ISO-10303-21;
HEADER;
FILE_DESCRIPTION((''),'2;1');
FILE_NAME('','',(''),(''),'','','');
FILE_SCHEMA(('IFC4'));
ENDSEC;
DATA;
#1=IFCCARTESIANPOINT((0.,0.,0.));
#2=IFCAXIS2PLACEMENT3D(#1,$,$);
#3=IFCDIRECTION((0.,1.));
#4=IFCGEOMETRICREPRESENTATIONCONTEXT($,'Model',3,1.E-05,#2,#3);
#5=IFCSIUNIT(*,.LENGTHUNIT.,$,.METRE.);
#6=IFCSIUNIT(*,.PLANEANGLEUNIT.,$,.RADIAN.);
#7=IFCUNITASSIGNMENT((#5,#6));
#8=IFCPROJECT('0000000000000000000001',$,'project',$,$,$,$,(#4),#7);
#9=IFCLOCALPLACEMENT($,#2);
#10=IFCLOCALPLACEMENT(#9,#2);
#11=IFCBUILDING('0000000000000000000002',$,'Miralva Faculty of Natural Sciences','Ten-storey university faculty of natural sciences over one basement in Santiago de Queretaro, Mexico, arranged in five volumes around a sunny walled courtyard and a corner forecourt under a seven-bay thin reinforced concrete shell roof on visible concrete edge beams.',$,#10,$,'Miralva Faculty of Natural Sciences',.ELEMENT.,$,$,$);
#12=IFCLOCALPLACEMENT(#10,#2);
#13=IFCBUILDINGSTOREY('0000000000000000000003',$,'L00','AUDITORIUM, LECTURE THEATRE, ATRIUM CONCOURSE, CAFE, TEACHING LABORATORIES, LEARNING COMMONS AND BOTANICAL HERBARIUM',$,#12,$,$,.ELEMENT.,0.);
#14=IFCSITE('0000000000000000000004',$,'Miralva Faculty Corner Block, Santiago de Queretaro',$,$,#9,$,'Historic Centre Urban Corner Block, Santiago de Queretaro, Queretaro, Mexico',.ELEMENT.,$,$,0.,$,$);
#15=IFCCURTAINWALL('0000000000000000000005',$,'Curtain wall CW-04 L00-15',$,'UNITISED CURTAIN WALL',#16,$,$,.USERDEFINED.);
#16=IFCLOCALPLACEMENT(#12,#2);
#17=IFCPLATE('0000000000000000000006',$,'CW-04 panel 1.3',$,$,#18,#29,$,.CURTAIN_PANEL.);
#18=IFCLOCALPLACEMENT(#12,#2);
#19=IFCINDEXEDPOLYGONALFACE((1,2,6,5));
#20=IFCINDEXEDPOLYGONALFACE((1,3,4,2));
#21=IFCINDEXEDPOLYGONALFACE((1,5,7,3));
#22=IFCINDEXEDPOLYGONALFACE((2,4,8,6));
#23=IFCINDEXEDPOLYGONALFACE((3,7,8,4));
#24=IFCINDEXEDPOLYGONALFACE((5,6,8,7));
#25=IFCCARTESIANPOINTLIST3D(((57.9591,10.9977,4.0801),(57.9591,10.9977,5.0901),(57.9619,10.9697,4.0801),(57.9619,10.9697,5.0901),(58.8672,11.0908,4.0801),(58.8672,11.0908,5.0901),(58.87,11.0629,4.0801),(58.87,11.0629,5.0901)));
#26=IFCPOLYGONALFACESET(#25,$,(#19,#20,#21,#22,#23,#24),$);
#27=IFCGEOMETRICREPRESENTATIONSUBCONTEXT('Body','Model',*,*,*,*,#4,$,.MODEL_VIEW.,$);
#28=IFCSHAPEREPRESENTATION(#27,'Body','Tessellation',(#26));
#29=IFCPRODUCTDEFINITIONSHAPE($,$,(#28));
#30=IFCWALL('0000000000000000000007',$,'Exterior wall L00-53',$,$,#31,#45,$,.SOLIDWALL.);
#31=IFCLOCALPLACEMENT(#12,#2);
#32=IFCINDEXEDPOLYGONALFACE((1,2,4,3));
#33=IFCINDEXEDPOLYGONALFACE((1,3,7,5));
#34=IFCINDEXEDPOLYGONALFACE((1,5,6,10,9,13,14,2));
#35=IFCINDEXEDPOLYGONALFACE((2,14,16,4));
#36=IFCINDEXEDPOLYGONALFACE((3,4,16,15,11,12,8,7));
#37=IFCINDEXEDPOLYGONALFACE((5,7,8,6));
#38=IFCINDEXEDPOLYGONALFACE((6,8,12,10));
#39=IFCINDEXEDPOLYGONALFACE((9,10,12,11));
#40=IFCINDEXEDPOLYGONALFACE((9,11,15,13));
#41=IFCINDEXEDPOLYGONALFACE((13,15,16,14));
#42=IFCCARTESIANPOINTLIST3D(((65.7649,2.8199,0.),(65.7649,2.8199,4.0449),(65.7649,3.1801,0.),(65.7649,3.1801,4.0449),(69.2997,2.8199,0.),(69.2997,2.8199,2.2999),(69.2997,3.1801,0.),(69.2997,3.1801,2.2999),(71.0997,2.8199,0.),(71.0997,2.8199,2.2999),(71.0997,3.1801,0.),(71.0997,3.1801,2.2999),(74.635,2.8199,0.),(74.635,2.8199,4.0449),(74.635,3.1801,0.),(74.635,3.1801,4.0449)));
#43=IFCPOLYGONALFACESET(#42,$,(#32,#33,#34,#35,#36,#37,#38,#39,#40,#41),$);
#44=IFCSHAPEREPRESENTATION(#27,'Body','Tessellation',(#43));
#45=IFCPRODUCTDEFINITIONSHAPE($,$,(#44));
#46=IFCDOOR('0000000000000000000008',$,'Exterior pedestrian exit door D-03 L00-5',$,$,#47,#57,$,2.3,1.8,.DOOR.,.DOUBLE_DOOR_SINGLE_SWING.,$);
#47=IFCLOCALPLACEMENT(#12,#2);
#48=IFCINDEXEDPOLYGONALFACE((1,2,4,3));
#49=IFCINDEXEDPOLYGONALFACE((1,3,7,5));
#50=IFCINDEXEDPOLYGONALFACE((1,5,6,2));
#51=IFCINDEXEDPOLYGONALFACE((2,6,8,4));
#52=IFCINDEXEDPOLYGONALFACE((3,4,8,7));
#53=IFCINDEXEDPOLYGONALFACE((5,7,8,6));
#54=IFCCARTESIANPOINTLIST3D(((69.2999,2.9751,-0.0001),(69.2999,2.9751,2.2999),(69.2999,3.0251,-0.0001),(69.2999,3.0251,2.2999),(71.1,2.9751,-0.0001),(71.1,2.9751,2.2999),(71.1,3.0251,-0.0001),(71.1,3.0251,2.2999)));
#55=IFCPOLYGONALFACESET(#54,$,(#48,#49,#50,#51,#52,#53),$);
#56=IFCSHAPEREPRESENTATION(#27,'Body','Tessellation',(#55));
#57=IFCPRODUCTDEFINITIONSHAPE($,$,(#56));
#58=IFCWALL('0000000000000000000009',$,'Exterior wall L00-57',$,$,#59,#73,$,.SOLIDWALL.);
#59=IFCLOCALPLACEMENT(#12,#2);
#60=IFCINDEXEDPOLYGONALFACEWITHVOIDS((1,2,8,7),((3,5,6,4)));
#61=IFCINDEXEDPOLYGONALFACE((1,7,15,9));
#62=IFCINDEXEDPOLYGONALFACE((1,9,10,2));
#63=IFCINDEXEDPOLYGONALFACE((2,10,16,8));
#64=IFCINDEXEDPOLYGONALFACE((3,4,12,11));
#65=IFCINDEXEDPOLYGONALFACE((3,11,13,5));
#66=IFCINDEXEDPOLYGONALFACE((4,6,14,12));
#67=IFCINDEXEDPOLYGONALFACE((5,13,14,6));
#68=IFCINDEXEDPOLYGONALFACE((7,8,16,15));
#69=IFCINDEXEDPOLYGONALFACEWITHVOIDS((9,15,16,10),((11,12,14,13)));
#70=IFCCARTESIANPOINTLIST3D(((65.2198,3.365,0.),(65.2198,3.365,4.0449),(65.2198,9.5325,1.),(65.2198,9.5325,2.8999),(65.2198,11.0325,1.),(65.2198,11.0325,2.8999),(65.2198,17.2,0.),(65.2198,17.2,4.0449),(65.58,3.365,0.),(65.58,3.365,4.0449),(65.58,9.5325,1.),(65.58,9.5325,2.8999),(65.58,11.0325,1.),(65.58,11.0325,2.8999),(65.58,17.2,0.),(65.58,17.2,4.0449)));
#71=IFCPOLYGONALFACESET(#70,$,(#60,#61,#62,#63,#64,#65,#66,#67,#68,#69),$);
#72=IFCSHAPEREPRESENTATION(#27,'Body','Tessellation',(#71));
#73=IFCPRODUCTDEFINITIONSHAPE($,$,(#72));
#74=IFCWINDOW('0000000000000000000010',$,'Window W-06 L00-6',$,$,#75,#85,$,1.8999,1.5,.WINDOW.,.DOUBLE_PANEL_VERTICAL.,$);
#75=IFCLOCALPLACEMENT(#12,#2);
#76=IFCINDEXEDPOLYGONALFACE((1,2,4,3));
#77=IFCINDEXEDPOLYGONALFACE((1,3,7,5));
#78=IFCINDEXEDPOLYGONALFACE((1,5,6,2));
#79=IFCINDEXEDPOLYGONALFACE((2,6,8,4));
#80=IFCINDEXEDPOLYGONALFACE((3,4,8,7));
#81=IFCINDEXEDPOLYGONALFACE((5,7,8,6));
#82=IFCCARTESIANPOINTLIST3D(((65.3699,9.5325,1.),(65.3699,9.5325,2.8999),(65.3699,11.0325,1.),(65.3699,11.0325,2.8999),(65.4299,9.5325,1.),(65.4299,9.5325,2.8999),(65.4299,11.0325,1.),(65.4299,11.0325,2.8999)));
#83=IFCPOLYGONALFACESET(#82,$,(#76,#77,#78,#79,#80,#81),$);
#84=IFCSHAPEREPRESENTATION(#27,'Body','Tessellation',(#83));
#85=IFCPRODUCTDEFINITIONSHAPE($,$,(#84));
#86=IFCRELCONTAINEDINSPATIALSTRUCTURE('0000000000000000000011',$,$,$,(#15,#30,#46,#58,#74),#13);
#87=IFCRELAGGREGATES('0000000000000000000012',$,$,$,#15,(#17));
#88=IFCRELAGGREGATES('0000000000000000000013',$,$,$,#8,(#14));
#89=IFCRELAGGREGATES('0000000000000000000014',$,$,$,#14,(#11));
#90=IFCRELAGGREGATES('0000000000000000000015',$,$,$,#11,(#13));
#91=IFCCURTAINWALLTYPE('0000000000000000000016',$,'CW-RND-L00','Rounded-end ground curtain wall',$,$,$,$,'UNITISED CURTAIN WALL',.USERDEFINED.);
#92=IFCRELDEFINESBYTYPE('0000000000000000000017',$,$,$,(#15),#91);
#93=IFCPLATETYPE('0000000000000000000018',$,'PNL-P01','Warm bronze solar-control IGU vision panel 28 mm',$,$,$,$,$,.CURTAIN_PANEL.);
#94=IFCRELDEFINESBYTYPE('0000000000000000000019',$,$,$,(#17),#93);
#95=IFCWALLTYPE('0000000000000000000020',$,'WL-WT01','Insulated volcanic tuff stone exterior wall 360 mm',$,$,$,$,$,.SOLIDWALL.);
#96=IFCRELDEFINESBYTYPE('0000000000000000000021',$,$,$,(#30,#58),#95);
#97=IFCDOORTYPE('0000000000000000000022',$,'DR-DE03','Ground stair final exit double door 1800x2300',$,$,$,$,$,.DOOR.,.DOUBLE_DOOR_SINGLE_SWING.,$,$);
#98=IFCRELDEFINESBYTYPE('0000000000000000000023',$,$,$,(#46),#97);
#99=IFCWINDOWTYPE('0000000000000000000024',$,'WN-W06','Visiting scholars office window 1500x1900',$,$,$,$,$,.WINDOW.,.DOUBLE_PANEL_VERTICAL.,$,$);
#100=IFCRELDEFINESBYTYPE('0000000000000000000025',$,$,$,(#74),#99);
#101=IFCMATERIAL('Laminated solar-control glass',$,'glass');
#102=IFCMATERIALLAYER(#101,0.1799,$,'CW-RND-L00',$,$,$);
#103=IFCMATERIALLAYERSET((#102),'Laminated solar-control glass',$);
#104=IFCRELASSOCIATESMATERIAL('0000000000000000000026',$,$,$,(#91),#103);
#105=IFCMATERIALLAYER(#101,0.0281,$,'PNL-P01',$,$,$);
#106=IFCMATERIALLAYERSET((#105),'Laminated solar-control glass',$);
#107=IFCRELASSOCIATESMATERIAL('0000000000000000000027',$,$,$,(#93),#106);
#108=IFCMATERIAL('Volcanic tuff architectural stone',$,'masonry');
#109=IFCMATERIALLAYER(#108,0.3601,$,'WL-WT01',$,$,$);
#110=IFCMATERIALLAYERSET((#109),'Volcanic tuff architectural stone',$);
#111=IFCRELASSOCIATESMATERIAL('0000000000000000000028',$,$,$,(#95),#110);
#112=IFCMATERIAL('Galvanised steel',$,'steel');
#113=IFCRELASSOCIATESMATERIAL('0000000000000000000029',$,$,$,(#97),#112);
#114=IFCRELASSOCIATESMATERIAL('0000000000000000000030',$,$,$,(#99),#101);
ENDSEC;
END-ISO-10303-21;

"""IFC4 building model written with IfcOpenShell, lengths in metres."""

from ifc_helpers import new_model, si_unit, direction, frame, frame_2d, origin, origin_2d, place, context, subcontext, project, spatial, rectangle, extrude, material, layer, layer_set, type_object, element, fill, aggregate, save


model = new_model("IFC4")

# Units and contexts
model_context = context("Model", 3, precision=1e-05, world=origin(), true_north=direction((0.0, 1.0)))
body_context = subcontext(model_context, "Body", "Model", "MODEL_VIEW")
ifc_project = project(units=[si_unit("LENGTHUNIT", "METRE"), si_unit("PLANEANGLEUNIT", "RADIAN")], contexts=[model_context])

# Site, building, storey
site_placement = place(None, origin())
site = spatial("IfcSite", under=ifc_project, at=site_placement, Name="Miralva Faculty Corner Block, Santiago de Queretaro", LongName="Historic Centre Urban Corner Block, Santiago de Queretaro, Queretaro, Mexico", CompositionType="ELEMENT", RefElevation=0.0)
building_placement = place(site_placement, origin())
building = spatial("IfcBuilding", under=site, at=building_placement, Name="Miralva Faculty of Natural Sciences", Description="Ten-storey university faculty of natural sciences over one basement in Santiago de Queretaro, Mexico, arranged in five volumes around a sunny walled courtyard and a corner forecourt under a seven-bay thin reinforced concrete shell roof on visible concrete edge beams.", LongName="Miralva Faculty of Natural Sciences", CompositionType="ELEMENT")
storey_placement = place(building_placement, origin())
storey = spatial("IfcBuildingStorey", under=building, at=storey_placement, Name="L00", Description="AUDITORIUM, LECTURE THEATRE, ATRIUM CONCOURSE, CAFE, TEACHING LABORATORIES, LEARNING COMMONS AND BOTANICAL HERBARIUM", CompositionType="ELEMENT", Elevation=0.0)

# Curtain wall, plate
ifc_material_1 = material(Name="Laminated solar-control glass", Category="glass")
ifc_layer_1 = layer(ifc_material_1, 0.1799, Name="CW-RND-L00")
ifc_layer_set_1 = layer_set([ifc_layer_1], Name="Laminated solar-control glass")
curtain_wall_type = type_object("IfcCurtainWallType", Name="CW-RND-L00", Description="Rounded-end ground curtain wall", ElementType="UNITISED CURTAIN WALL", PredefinedType="USERDEFINED", material=ifc_layer_set_1)
curtain_wall_placement = place(storey_placement, origin())
curtain_wall = element("IfcCurtainWall", 1, at=curtain_wall_placement, inside=storey, type_object=curtain_wall_type, Name="Curtain wall CW-04 L00-15", ObjectType="UNITISED CURTAIN WALL", PredefinedType="USERDEFINED")
ifc_layer_2 = layer(ifc_material_1, 0.0281, Name="PNL-P01")
ifc_layer_set_2 = layer_set([ifc_layer_2], Name="Laminated solar-control glass")
plate_type = type_object("IfcPlateType", Name="PNL-P01", Description="Warm bronze solar-control IGU vision panel 28 mm", PredefinedType="CURTAIN_PANEL", material=ifc_layer_set_2)
plate_1_placement = place(storey_placement, frame((58.4146, 11.0303, 4.0801), z_axis=(0.0, 0.0, 1.0), x_axis=(0.994779, 0.102056, 0.0)))
plate_1 = element("IfcPlate", 2, at=plate_1_placement, type_object=plate_type, Name="CW-04 panel 1.3", PredefinedType="CURTAIN_PANEL", context=body_context, shape_type="SweptSolid", body=[
    extrude(rectangle(XDim=0.9128, YDim=0.0281, at=origin_2d()), origin(), (0.0, 0.0, 1.0), 1.01),
])
aggregate(curtain_wall, [plate_1])

# Wall, opening, door
ifc_material_2 = material(Name="Volcanic tuff architectural stone", Category="masonry")
ifc_layer_3 = layer(ifc_material_2, 0.3601, Name="WL-WT01")
ifc_layer_set_3 = layer_set([ifc_layer_3], Name="Volcanic tuff architectural stone")
wall_type = type_object("IfcWallType", Name="WL-WT01", Description="Insulated volcanic tuff stone exterior wall 360 mm", PredefinedType="SOLIDWALL", material=ifc_layer_set_3)
wall_1_placement = place(storey_placement, frame((65.7649, 3.0, 0.0), z_axis=(0.0, 0.0, 1.0), x_axis=(1.0, 0.0, 0.0)))
wall_1 = element("IfcWall", 3, at=wall_1_placement, inside=storey, type_object=wall_type, Name="Exterior wall L00-53", PredefinedType="SOLIDWALL", context=body_context, shape_type="SweptSolid", body=[
    extrude(rectangle(XDim=8.8701, YDim=0.3601, at=frame_2d((4.4351, 0.0))), origin(), (0.0, 0.0, 1.0), 4.0449),
])
opening_1_placement = place(wall_1_placement, frame((3.5349, 0.0, 0.0)))
opening_1 = element("IfcOpeningElement", 4, at=opening_1_placement, cuts=wall_1, PredefinedType="OPENING", context=body_context, shape_type="SweptSolid", body=[
    extrude(rectangle(XDim=1.8, YDim=2.3, at=frame_2d((0.8999, 1.1499))), frame((0.0, 0.1899, 0.0), z_axis=(0.0, -1.0, 0.0), x_axis=(1.0, 0.0, 0.0)), (0.0, 0.0, 1.0), 0.3801),
])
ifc_material_3 = material(Name="Galvanised steel", Category="steel")
door_type = type_object("IfcDoorType", Name="DR-DE03", Description="Ground stair final exit double door 1800x2300", OperationType="DOUBLE_DOOR_SINGLE_SWING", PredefinedType="DOOR", material=ifc_material_3)
door_placement = place(opening_1_placement, frame((1.8, 0.0, 0.0), z_axis=(0.0, 0.0, 1.0), x_axis=(-1.0, 0.0, 0.0)))
door = element("IfcDoor", 5, at=door_placement, inside=storey, type_object=door_type, Name="Exterior pedestrian exit door D-03 L00-5", OperationType="DOUBLE_DOOR_SINGLE_SWING", OverallHeight=2.3, OverallWidth=1.8, PredefinedType="DOOR", context=body_context, shape_type="SweptSolid", body=[
    extrude(rectangle(XDim=1.8, YDim=2.3, at=frame_2d((0.8999, 1.1499))), frame((0.0, 0.0249, 0.0), z_axis=(0.0, -1.0, 0.0), x_axis=(1.0, 0.0, 0.0)), (0.0, 0.0, 1.0), 0.05),
])
fill(opening_1, door)

# Wall, opening, window
wall_2_placement = place(storey_placement, frame((65.3999, 3.365, 0.0), z_axis=(0.0, 0.0, 1.0), x_axis=(0.0, 1.0, 0.0)))
wall_2 = element("IfcWall", 6, at=wall_2_placement, inside=storey, type_object=wall_type, Name="Exterior wall L00-57", PredefinedType="SOLIDWALL", context=body_context, shape_type="SweptSolid", body=[
    extrude(rectangle(XDim=13.835, YDim=0.3601, at=frame_2d((6.9175, 0.0))), origin(), (0.0, 0.0, 1.0), 4.0449),
])
opening_2_placement = place(wall_2_placement, frame((6.1675, 0.0, 1.0)))
opening_2 = element("IfcOpeningElement", 7, at=opening_2_placement, cuts=wall_2, PredefinedType="OPENING", context=body_context, shape_type="SweptSolid", body=[
    extrude(rectangle(XDim=1.5, YDim=1.8999, at=frame_2d((0.75, 0.95))), frame((0.0, 0.1899, 0.0), z_axis=(0.0, -1.0, 0.0), x_axis=(1.0, 0.0, 0.0)), (0.0, 0.0, 1.0), 0.3801),
])
window_type = type_object("IfcWindowType", Name="WN-W06", Description="Visiting scholars office window 1500x1900", PartitioningType="DOUBLE_PANEL_VERTICAL", PredefinedType="WINDOW", material=ifc_material_1)
window_placement = place(opening_2_placement, origin())
window = element("IfcWindow", 8, at=window_placement, inside=storey, type_object=window_type, Name="Window W-06 L00-6", OverallHeight=1.8999, OverallWidth=1.5, PartitioningType="DOUBLE_PANEL_VERTICAL", PredefinedType="WINDOW", context=body_context, shape_type="SweptSolid", body=[
    extrude(rectangle(XDim=1.5, YDim=1.8999, at=frame_2d((0.75, 0.95))), frame((0.0, 0.03, 0.0), z_axis=(0.0, -1.0, 0.0), x_axis=(1.0, 0.0, 0.0)), (0.0, 0.0, 1.0), 0.0601),
])
fill(opening_2, window)

save(model, "model.ifc")
